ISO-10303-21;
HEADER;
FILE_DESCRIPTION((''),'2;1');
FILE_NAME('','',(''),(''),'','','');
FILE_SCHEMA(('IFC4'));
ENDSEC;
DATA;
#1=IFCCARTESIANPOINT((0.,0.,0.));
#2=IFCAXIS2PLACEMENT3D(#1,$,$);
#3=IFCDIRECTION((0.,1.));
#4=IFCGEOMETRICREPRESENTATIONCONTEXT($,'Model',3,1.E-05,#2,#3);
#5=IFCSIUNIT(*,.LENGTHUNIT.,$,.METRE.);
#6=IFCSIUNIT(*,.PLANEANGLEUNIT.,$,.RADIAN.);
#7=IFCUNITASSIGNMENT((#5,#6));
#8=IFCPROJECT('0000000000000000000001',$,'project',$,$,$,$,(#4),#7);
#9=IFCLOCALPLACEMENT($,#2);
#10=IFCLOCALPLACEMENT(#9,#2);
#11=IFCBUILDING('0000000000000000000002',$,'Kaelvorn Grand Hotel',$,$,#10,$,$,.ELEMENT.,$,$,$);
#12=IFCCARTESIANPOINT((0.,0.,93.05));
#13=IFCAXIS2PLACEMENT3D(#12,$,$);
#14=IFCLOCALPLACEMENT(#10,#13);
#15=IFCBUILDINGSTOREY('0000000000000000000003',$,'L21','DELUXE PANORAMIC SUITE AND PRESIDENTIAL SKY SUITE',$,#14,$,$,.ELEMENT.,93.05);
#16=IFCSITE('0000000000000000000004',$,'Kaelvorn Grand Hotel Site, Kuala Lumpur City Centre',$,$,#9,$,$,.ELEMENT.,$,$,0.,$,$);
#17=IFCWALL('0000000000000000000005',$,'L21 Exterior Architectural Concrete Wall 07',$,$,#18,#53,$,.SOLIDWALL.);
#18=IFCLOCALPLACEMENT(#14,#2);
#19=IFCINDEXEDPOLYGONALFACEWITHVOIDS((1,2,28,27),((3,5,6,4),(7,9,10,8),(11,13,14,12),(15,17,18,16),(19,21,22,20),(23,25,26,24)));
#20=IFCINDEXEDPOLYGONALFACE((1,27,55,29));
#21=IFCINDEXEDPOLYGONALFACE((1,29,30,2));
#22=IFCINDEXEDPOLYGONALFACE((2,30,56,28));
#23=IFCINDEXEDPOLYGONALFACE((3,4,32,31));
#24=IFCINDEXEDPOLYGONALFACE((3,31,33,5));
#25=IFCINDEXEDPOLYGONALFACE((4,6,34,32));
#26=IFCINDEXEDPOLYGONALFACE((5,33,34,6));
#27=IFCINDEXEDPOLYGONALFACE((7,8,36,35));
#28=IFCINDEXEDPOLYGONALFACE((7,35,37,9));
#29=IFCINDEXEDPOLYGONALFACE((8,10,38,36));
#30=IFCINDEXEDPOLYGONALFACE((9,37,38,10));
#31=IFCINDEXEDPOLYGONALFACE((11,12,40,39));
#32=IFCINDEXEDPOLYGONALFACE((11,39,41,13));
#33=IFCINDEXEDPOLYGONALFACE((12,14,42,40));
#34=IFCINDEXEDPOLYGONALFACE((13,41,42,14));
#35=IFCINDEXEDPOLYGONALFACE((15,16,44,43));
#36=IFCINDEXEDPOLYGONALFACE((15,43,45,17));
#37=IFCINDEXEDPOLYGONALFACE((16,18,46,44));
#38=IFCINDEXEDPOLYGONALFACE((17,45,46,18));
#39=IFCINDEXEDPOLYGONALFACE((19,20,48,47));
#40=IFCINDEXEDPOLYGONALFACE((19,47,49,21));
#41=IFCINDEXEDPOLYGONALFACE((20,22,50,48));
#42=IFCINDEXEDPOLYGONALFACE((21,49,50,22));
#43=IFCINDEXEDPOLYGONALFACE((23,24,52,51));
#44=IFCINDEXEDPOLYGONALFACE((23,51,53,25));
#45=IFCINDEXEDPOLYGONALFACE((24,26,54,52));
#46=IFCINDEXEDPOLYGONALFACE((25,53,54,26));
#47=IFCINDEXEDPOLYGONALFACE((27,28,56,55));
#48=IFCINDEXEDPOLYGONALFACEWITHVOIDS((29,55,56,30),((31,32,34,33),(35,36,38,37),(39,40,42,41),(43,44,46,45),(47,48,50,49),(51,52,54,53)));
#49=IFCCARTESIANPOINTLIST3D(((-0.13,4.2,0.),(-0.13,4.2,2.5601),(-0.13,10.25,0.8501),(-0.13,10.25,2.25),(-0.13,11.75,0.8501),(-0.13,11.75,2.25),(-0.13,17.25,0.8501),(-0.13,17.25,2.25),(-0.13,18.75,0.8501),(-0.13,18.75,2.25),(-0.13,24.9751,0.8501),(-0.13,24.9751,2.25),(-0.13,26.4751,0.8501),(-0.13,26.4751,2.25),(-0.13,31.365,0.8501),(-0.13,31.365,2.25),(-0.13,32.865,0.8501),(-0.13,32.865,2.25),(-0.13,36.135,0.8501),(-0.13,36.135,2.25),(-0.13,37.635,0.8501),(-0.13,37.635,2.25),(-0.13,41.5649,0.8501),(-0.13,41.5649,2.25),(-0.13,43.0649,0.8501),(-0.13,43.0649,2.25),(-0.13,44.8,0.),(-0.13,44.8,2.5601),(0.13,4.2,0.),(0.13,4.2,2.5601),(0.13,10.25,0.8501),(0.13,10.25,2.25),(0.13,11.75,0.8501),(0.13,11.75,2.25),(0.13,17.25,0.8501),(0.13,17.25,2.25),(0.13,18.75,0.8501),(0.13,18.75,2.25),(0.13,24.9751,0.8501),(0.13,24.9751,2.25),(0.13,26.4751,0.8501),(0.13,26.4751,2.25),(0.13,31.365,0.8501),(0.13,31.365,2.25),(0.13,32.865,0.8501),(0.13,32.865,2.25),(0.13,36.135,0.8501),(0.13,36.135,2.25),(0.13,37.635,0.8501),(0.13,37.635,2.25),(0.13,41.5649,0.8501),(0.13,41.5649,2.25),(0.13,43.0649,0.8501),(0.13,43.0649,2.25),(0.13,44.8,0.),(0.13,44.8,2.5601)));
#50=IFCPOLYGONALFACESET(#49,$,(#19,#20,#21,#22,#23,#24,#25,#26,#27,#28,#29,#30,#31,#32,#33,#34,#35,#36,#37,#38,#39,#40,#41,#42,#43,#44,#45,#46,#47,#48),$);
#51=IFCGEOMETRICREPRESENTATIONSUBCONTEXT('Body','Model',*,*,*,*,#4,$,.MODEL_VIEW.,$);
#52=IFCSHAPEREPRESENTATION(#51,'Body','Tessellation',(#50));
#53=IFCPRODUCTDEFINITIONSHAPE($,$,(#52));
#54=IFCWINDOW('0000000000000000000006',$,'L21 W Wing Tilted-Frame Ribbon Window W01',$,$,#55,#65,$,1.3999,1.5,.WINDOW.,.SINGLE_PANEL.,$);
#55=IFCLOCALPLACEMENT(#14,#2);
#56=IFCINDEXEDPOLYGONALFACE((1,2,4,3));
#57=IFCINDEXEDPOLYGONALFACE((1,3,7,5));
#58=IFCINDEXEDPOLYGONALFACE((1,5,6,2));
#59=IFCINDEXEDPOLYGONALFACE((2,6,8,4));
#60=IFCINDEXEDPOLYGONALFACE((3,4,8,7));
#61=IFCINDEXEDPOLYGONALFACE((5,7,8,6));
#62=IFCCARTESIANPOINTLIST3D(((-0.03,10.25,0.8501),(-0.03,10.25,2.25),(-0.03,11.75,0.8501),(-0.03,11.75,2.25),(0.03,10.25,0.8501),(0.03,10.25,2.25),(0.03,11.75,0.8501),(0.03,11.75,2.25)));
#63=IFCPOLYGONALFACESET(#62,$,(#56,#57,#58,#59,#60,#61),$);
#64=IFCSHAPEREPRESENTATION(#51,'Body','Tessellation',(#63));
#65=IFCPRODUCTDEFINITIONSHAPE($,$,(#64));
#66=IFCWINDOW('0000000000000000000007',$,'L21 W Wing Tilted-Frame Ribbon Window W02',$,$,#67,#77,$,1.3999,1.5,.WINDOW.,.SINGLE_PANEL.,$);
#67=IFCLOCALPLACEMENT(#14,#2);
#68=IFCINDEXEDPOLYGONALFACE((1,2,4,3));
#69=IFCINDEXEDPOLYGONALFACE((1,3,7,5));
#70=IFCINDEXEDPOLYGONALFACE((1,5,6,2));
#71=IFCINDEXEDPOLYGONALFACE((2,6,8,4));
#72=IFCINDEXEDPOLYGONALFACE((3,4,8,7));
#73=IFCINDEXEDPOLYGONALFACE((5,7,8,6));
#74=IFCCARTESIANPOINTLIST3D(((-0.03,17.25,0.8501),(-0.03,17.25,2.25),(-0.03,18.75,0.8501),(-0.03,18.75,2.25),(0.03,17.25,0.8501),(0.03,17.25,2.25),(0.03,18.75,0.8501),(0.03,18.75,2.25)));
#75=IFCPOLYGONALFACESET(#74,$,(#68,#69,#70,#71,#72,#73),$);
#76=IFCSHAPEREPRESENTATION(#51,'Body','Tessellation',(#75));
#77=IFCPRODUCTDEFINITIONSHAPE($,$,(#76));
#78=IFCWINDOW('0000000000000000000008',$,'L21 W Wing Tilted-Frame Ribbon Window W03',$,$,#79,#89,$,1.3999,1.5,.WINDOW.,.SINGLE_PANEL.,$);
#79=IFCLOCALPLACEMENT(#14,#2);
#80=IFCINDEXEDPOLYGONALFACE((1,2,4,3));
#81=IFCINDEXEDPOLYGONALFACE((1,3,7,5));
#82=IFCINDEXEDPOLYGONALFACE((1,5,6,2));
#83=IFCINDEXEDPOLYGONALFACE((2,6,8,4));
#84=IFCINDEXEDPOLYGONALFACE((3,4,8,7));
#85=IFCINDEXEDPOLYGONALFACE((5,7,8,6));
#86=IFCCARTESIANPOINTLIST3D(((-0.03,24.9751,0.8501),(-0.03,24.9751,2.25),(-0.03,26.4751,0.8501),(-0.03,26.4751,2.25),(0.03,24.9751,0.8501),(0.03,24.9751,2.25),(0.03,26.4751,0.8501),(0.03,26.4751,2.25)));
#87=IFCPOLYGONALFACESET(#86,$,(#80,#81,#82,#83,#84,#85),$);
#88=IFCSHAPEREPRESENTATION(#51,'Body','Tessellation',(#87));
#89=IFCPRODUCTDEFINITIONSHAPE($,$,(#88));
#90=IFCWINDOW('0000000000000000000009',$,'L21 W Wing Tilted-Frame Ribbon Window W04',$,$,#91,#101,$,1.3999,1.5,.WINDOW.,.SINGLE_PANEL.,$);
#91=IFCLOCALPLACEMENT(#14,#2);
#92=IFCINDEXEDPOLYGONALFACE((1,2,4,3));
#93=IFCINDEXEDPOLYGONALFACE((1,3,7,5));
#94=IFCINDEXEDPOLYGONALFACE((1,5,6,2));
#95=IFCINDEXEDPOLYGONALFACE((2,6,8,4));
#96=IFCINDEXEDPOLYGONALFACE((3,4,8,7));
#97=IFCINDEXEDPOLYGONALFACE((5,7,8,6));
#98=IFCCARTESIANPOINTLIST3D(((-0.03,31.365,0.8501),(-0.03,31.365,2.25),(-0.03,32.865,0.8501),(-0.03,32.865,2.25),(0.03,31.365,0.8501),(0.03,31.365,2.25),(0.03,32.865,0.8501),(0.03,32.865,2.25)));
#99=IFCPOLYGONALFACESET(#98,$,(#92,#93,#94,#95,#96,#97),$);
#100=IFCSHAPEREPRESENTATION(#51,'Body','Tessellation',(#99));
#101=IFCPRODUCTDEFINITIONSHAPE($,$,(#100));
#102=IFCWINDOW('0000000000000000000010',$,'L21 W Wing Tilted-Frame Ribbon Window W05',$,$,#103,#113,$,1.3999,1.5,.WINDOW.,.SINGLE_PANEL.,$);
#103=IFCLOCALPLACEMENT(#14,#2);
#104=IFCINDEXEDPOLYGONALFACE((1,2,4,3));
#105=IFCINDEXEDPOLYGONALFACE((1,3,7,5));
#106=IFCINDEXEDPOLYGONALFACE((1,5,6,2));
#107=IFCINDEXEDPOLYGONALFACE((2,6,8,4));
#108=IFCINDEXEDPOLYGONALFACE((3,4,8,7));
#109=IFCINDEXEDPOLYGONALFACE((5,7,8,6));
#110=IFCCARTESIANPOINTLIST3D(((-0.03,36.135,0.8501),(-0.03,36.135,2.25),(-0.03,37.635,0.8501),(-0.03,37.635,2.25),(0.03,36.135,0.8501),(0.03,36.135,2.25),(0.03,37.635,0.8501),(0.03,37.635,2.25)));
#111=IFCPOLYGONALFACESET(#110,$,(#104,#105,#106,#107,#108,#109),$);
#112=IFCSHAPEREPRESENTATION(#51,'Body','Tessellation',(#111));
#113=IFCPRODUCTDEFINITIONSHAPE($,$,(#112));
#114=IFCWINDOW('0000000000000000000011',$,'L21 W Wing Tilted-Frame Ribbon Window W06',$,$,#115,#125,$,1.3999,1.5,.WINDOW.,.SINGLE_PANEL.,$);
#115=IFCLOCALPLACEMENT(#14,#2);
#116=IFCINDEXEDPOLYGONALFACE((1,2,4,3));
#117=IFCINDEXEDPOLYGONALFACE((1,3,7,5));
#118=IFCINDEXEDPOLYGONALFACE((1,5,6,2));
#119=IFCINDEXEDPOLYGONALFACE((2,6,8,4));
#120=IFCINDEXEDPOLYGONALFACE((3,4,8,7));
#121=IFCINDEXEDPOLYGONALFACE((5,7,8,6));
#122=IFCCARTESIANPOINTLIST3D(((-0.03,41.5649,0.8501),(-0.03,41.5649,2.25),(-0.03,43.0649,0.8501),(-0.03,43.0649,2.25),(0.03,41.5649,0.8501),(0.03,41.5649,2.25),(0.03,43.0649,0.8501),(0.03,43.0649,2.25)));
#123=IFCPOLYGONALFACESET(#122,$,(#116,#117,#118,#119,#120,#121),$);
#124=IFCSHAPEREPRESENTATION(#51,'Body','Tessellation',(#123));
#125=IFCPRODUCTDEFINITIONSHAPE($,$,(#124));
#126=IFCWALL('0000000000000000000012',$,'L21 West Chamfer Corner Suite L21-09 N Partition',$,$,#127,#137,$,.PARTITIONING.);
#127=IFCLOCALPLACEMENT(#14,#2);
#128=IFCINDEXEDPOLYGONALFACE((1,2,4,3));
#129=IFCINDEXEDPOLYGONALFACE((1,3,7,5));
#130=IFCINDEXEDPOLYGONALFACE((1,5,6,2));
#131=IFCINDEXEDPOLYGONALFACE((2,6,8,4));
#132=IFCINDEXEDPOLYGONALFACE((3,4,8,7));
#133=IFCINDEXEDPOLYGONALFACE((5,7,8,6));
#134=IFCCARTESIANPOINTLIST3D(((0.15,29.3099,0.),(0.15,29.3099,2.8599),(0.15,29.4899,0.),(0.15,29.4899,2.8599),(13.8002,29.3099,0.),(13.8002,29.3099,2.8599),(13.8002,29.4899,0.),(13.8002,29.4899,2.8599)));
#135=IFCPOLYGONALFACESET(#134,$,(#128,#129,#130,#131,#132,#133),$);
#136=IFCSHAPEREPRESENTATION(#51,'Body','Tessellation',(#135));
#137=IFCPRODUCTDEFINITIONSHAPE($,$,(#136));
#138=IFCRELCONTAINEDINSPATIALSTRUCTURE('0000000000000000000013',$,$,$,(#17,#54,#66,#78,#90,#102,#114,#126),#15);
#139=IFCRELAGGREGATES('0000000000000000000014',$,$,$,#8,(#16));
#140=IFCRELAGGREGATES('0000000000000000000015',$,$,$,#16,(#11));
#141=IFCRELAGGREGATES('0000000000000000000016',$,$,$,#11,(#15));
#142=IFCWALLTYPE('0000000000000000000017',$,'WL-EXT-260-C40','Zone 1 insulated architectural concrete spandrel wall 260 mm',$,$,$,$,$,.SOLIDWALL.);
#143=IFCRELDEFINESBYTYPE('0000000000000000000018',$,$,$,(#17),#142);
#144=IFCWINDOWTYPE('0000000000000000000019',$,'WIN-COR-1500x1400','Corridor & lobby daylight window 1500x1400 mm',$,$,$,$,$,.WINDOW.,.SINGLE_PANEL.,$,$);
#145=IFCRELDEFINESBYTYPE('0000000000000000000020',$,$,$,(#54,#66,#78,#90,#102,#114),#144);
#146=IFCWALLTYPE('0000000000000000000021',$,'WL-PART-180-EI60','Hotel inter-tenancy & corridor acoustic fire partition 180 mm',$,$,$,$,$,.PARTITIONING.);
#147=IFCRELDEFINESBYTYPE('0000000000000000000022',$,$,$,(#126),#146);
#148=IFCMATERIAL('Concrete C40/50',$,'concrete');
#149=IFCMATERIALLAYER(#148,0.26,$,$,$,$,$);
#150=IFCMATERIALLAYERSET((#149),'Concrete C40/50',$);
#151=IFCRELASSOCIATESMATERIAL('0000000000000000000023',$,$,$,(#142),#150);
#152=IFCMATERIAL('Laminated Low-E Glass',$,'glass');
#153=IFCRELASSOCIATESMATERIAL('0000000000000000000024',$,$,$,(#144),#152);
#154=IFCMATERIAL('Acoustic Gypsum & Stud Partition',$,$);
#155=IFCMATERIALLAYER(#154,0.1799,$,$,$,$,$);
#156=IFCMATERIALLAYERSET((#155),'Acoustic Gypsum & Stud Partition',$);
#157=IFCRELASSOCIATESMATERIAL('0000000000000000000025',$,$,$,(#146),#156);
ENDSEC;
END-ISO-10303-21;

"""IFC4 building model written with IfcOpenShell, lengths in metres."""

from ifc_helpers import new_model, si_unit, direction, frame, frame_2d, origin, place, context, subcontext, project, spatial, rectangle, extrude, material, layer, layer_set, type_object, element, fill, save


model = new_model("IFC4")

# Units and contexts
model_context = context("Model", 3, precision=1e-05, world=origin(), true_north=direction((0.0, 1.0)))
body_context = subcontext(model_context, "Body", "Model", "MODEL_VIEW")
ifc_project = project(units=[si_unit("LENGTHUNIT", "METRE"), si_unit("PLANEANGLEUNIT", "RADIAN")], contexts=[model_context])

# Site, building, storey
site_placement = place(None, origin())
site = spatial("IfcSite", under=ifc_project, at=site_placement, Name="Kaelvorn Grand Hotel Site, Kuala Lumpur City Centre", CompositionType="ELEMENT", RefElevation=0.0)
building_placement = place(site_placement, origin())
building = spatial("IfcBuilding", under=site, at=building_placement, Name="Kaelvorn Grand Hotel", CompositionType="ELEMENT")
storey_placement = place(building_placement, frame((0.0, 0.0, 93.05)))
storey = spatial("IfcBuildingStorey", under=building, at=storey_placement, Name="L21", Description="DELUXE PANORAMIC SUITE AND PRESIDENTIAL SKY SUITE", CompositionType="ELEMENT", Elevation=93.05)

# Shared definitions
ifc_material_1 = material(Name="Concrete C40/50", Category="concrete")
ifc_layer_1 = layer(ifc_material_1, 0.26)
ifc_layer_set_1 = layer_set([ifc_layer_1], Name="Concrete C40/50")
wall_type_1 = type_object("IfcWallType", Name="WL-EXT-260-C40", Description="Zone 1 insulated architectural concrete spandrel wall 260 mm", PredefinedType="SOLIDWALL", material=ifc_layer_set_1)

# Wall, openings, windows
wall_1_placement = place(storey_placement, frame((0.0, 44.8, 0.0), z_axis=(0.0, 0.0, 1.0), x_axis=(0.0, -1.0, 0.0)))
wall_1 = element("IfcWall", 1, at=wall_1_placement, inside=storey, type_object=wall_type_1, Name="L21 Exterior Architectural Concrete Wall 07", PredefinedType="SOLIDWALL", context=body_context, shape_type="SweptSolid", body=[
    extrude(rectangle(XDim=40.6001, YDim=0.26, at=frame_2d((20.3, 0.0))), origin(), (0.0, 0.0, 1.0), 2.5601),
])
opening_1_placement = place(wall_1_placement, frame((33.05, 0.0, 0.8501)))
opening_1 = element("IfcOpeningElement", 2, at=opening_1_placement, cuts=wall_1, PredefinedType="OPENING", context=body_context, shape_type="SweptSolid", body=[
    extrude(rectangle(XDim=1.5, YDim=1.3999, at=frame_2d((0.75, 0.7))), frame((0.0, 0.1401, 0.0), z_axis=(0.0, -1.0, 0.0), x_axis=(1.0, 0.0, 0.0)), (0.0, 0.0, 1.0), 0.28),
])
opening_2_placement = place(wall_1_placement, frame((26.05, 0.0, 0.8501)))
opening_2 = element("IfcOpeningElement", 3, at=opening_2_placement, cuts=wall_1, PredefinedType="OPENING", context=body_context, shape_type="SweptSolid", body=[
    extrude(rectangle(XDim=1.5, YDim=1.3999, at=frame_2d((0.75, 0.7))), frame((0.0, 0.1401, 0.0), z_axis=(0.0, -1.0, 0.0), x_axis=(1.0, 0.0, 0.0)), (0.0, 0.0, 1.0), 0.28),
])
opening_3_placement = place(wall_1_placement, frame((18.325, 0.0, 0.8501)))
opening_3 = element("IfcOpeningElement", 4, at=opening_3_placement, cuts=wall_1, PredefinedType="OPENING", context=body_context, shape_type="SweptSolid", body=[
    extrude(rectangle(XDim=1.5, YDim=1.3999, at=frame_2d((0.75, 0.7))), frame((0.0, 0.1401, 0.0), z_axis=(0.0, -1.0, 0.0), x_axis=(1.0, 0.0, 0.0)), (0.0, 0.0, 1.0), 0.28),
])
opening_4_placement = place(wall_1_placement, frame((11.9351, 0.0, 0.8501)))
opening_4 = element("IfcOpeningElement", 5, at=opening_4_placement, cuts=wall_1, PredefinedType="OPENING", context=body_context, shape_type="SweptSolid", body=[
    extrude(rectangle(XDim=1.5, YDim=1.3999, at=frame_2d((0.75, 0.7))), frame((0.0, 0.1401, 0.0), z_axis=(0.0, -1.0, 0.0), x_axis=(1.0, 0.0, 0.0)), (0.0, 0.0, 1.0), 0.28),
])
opening_5_placement = place(wall_1_placement, frame((7.165, 0.0, 0.8501)))
opening_5 = element("IfcOpeningElement", 6, at=opening_5_placement, cuts=wall_1, PredefinedType="OPENING", context=body_context, shape_type="SweptSolid", body=[
    extrude(rectangle(XDim=1.5, YDim=1.3999, at=frame_2d((0.75, 0.7))), frame((0.0, 0.1401, 0.0), z_axis=(0.0, -1.0, 0.0), x_axis=(1.0, 0.0, 0.0)), (0.0, 0.0, 1.0), 0.28),
])
opening_6_placement = place(wall_1_placement, frame((1.7351, 0.0, 0.8501)))
opening_6 = element("IfcOpeningElement", 7, at=opening_6_placement, cuts=wall_1, PredefinedType="OPENING", context=body_context, shape_type="SweptSolid", body=[
    extrude(rectangle(XDim=1.5, YDim=1.3999, at=frame_2d((0.75, 0.7))), frame((0.0, 0.1401, 0.0), z_axis=(0.0, -1.0, 0.0), x_axis=(1.0, 0.0, 0.0)), (0.0, 0.0, 1.0), 0.28),
])
ifc_material_2 = material(Name="Laminated Low-E Glass", Category="glass")
window_type = type_object("IfcWindowType", Name="WIN-COR-1500x1400", Description="Corridor & lobby daylight window 1500x1400 mm", PartitioningType="SINGLE_PANEL", PredefinedType="WINDOW", material=ifc_material_2)
window_1_placement = place(opening_1_placement, origin())
window_1 = element("IfcWindow", 8, at=window_1_placement, inside=storey, type_object=window_type, Name="L21 W Wing Tilted-Frame Ribbon Window W01", OverallHeight=1.3999, OverallWidth=1.5, PartitioningType="SINGLE_PANEL", PredefinedType="WINDOW", context=body_context, shape_type="SweptSolid", body=[
    extrude(rectangle(XDim=1.5, YDim=1.3999, at=frame_2d((0.75, 0.7))), frame((0.0, 0.03, 0.0), z_axis=(0.0, -1.0, 0.0), x_axis=(1.0, 0.0, 0.0)), (0.0, 0.0, 1.0), 0.0601),
])
fill(opening_1, window_1)
window_2_placement = place(opening_2_placement, origin())
window_2 = element("IfcWindow", 9, at=window_2_placement, inside=storey, type_object=window_type, Name="L21 W Wing Tilted-Frame Ribbon Window W02", OverallHeight=1.3999, OverallWidth=1.5, PartitioningType="SINGLE_PANEL", PredefinedType="WINDOW", context=body_context, shape_type="SweptSolid", body=[
    extrude(rectangle(XDim=1.5, YDim=1.3999, at=frame_2d((0.75, 0.7))), frame((0.0, 0.03, 0.0), z_axis=(0.0, -1.0, 0.0), x_axis=(1.0, 0.0, 0.0)), (0.0, 0.0, 1.0), 0.0601),
])
fill(opening_2, window_2)
window_3_placement = place(opening_3_placement, origin())
window_3 = element("IfcWindow", 10, at=window_3_placement, inside=storey, type_object=window_type, Name="L21 W Wing Tilted-Frame Ribbon Window W03", OverallHeight=1.3999, OverallWidth=1.5, PartitioningType="SINGLE_PANEL", PredefinedType="WINDOW", context=body_context, shape_type="SweptSolid", body=[
    extrude(rectangle(XDim=1.5, YDim=1.3999, at=frame_2d((0.75, 0.7))), frame((0.0, 0.03, 0.0), z_axis=(0.0, -1.0, 0.0), x_axis=(1.0, 0.0, 0.0)), (0.0, 0.0, 1.0), 0.0601),
])
fill(opening_3, window_3)
window_4_placement = place(opening_4_placement, origin())
window_4 = element("IfcWindow", 11, at=window_4_placement, inside=storey, type_object=window_type, Name="L21 W Wing Tilted-Frame Ribbon Window W04", OverallHeight=1.3999, OverallWidth=1.5, PartitioningType="SINGLE_PANEL", PredefinedType="WINDOW", context=body_context, shape_type="SweptSolid", body=[
    extrude(rectangle(XDim=1.5, YDim=1.3999, at=frame_2d((0.75, 0.7))), frame((0.0, 0.03, 0.0), z_axis=(0.0, -1.0, 0.0), x_axis=(1.0, 0.0, 0.0)), (0.0, 0.0, 1.0), 0.0601),
])
fill(opening_4, window_4)
window_5_placement = place(opening_5_placement, origin())
window_5 = element("IfcWindow", 12, at=window_5_placement, inside=storey, type_object=window_type, Name="L21 W Wing Tilted-Frame Ribbon Window W05", OverallHeight=1.3999, OverallWidth=1.5, PartitioningType="SINGLE_PANEL", PredefinedType="WINDOW", context=body_context, shape_type="SweptSolid", body=[
    extrude(rectangle(XDim=1.5, YDim=1.3999, at=frame_2d((0.75, 0.7))), frame((0.0, 0.03, 0.0), z_axis=(0.0, -1.0, 0.0), x_axis=(1.0, 0.0, 0.0)), (0.0, 0.0, 1.0), 0.0601),
])
fill(opening_5, window_5)
window_6_placement = place(opening_6_placement, origin())
window_6 = element("IfcWindow", 13, at=window_6_placement, inside=storey, type_object=window_type, Name="L21 W Wing Tilted-Frame Ribbon Window W06", OverallHeight=1.3999, OverallWidth=1.5, PartitioningType="SINGLE_PANEL", PredefinedType="WINDOW", context=body_context, shape_type="SweptSolid", body=[
    extrude(rectangle(XDim=1.5, YDim=1.3999, at=frame_2d((0.75, 0.7))), frame((0.0, 0.03, 0.0), z_axis=(0.0, -1.0, 0.0), x_axis=(1.0, 0.0, 0.0)), (0.0, 0.0, 1.0), 0.0601),
])
fill(opening_6, window_6)

# Wall
ifc_material_3 = material(Name="Acoustic Gypsum & Stud Partition")
ifc_layer_2 = layer(ifc_material_3, 0.1799)
ifc_layer_set_2 = layer_set([ifc_layer_2], Name="Acoustic Gypsum & Stud Partition")
wall_type_2 = type_object("IfcWallType", Name="WL-PART-180-EI60", Description="Hotel inter-tenancy & corridor acoustic fire partition 180 mm", PredefinedType="PARTITIONING", material=ifc_layer_set_2)
wall_2_placement = place(storey_placement, frame((0.1499, 29.3999, 0.0), z_axis=(0.0, 0.0, 1.0), x_axis=(1.0, 0.0, 0.0)))
element("IfcWall", 14, at=wall_2_placement, inside=storey, type_object=wall_type_2, Name="L21 West Chamfer Corner Suite L21-09 N Partition", PredefinedType="PARTITIONING", context=body_context, shape_type="SweptSolid", body=[
    extrude(rectangle(XDim=13.6501, YDim=0.1799, at=frame_2d((6.8252, 0.0))), origin(), (0.0, 0.0, 1.0), 2.8599),
])

save(model, "model.ifc")
